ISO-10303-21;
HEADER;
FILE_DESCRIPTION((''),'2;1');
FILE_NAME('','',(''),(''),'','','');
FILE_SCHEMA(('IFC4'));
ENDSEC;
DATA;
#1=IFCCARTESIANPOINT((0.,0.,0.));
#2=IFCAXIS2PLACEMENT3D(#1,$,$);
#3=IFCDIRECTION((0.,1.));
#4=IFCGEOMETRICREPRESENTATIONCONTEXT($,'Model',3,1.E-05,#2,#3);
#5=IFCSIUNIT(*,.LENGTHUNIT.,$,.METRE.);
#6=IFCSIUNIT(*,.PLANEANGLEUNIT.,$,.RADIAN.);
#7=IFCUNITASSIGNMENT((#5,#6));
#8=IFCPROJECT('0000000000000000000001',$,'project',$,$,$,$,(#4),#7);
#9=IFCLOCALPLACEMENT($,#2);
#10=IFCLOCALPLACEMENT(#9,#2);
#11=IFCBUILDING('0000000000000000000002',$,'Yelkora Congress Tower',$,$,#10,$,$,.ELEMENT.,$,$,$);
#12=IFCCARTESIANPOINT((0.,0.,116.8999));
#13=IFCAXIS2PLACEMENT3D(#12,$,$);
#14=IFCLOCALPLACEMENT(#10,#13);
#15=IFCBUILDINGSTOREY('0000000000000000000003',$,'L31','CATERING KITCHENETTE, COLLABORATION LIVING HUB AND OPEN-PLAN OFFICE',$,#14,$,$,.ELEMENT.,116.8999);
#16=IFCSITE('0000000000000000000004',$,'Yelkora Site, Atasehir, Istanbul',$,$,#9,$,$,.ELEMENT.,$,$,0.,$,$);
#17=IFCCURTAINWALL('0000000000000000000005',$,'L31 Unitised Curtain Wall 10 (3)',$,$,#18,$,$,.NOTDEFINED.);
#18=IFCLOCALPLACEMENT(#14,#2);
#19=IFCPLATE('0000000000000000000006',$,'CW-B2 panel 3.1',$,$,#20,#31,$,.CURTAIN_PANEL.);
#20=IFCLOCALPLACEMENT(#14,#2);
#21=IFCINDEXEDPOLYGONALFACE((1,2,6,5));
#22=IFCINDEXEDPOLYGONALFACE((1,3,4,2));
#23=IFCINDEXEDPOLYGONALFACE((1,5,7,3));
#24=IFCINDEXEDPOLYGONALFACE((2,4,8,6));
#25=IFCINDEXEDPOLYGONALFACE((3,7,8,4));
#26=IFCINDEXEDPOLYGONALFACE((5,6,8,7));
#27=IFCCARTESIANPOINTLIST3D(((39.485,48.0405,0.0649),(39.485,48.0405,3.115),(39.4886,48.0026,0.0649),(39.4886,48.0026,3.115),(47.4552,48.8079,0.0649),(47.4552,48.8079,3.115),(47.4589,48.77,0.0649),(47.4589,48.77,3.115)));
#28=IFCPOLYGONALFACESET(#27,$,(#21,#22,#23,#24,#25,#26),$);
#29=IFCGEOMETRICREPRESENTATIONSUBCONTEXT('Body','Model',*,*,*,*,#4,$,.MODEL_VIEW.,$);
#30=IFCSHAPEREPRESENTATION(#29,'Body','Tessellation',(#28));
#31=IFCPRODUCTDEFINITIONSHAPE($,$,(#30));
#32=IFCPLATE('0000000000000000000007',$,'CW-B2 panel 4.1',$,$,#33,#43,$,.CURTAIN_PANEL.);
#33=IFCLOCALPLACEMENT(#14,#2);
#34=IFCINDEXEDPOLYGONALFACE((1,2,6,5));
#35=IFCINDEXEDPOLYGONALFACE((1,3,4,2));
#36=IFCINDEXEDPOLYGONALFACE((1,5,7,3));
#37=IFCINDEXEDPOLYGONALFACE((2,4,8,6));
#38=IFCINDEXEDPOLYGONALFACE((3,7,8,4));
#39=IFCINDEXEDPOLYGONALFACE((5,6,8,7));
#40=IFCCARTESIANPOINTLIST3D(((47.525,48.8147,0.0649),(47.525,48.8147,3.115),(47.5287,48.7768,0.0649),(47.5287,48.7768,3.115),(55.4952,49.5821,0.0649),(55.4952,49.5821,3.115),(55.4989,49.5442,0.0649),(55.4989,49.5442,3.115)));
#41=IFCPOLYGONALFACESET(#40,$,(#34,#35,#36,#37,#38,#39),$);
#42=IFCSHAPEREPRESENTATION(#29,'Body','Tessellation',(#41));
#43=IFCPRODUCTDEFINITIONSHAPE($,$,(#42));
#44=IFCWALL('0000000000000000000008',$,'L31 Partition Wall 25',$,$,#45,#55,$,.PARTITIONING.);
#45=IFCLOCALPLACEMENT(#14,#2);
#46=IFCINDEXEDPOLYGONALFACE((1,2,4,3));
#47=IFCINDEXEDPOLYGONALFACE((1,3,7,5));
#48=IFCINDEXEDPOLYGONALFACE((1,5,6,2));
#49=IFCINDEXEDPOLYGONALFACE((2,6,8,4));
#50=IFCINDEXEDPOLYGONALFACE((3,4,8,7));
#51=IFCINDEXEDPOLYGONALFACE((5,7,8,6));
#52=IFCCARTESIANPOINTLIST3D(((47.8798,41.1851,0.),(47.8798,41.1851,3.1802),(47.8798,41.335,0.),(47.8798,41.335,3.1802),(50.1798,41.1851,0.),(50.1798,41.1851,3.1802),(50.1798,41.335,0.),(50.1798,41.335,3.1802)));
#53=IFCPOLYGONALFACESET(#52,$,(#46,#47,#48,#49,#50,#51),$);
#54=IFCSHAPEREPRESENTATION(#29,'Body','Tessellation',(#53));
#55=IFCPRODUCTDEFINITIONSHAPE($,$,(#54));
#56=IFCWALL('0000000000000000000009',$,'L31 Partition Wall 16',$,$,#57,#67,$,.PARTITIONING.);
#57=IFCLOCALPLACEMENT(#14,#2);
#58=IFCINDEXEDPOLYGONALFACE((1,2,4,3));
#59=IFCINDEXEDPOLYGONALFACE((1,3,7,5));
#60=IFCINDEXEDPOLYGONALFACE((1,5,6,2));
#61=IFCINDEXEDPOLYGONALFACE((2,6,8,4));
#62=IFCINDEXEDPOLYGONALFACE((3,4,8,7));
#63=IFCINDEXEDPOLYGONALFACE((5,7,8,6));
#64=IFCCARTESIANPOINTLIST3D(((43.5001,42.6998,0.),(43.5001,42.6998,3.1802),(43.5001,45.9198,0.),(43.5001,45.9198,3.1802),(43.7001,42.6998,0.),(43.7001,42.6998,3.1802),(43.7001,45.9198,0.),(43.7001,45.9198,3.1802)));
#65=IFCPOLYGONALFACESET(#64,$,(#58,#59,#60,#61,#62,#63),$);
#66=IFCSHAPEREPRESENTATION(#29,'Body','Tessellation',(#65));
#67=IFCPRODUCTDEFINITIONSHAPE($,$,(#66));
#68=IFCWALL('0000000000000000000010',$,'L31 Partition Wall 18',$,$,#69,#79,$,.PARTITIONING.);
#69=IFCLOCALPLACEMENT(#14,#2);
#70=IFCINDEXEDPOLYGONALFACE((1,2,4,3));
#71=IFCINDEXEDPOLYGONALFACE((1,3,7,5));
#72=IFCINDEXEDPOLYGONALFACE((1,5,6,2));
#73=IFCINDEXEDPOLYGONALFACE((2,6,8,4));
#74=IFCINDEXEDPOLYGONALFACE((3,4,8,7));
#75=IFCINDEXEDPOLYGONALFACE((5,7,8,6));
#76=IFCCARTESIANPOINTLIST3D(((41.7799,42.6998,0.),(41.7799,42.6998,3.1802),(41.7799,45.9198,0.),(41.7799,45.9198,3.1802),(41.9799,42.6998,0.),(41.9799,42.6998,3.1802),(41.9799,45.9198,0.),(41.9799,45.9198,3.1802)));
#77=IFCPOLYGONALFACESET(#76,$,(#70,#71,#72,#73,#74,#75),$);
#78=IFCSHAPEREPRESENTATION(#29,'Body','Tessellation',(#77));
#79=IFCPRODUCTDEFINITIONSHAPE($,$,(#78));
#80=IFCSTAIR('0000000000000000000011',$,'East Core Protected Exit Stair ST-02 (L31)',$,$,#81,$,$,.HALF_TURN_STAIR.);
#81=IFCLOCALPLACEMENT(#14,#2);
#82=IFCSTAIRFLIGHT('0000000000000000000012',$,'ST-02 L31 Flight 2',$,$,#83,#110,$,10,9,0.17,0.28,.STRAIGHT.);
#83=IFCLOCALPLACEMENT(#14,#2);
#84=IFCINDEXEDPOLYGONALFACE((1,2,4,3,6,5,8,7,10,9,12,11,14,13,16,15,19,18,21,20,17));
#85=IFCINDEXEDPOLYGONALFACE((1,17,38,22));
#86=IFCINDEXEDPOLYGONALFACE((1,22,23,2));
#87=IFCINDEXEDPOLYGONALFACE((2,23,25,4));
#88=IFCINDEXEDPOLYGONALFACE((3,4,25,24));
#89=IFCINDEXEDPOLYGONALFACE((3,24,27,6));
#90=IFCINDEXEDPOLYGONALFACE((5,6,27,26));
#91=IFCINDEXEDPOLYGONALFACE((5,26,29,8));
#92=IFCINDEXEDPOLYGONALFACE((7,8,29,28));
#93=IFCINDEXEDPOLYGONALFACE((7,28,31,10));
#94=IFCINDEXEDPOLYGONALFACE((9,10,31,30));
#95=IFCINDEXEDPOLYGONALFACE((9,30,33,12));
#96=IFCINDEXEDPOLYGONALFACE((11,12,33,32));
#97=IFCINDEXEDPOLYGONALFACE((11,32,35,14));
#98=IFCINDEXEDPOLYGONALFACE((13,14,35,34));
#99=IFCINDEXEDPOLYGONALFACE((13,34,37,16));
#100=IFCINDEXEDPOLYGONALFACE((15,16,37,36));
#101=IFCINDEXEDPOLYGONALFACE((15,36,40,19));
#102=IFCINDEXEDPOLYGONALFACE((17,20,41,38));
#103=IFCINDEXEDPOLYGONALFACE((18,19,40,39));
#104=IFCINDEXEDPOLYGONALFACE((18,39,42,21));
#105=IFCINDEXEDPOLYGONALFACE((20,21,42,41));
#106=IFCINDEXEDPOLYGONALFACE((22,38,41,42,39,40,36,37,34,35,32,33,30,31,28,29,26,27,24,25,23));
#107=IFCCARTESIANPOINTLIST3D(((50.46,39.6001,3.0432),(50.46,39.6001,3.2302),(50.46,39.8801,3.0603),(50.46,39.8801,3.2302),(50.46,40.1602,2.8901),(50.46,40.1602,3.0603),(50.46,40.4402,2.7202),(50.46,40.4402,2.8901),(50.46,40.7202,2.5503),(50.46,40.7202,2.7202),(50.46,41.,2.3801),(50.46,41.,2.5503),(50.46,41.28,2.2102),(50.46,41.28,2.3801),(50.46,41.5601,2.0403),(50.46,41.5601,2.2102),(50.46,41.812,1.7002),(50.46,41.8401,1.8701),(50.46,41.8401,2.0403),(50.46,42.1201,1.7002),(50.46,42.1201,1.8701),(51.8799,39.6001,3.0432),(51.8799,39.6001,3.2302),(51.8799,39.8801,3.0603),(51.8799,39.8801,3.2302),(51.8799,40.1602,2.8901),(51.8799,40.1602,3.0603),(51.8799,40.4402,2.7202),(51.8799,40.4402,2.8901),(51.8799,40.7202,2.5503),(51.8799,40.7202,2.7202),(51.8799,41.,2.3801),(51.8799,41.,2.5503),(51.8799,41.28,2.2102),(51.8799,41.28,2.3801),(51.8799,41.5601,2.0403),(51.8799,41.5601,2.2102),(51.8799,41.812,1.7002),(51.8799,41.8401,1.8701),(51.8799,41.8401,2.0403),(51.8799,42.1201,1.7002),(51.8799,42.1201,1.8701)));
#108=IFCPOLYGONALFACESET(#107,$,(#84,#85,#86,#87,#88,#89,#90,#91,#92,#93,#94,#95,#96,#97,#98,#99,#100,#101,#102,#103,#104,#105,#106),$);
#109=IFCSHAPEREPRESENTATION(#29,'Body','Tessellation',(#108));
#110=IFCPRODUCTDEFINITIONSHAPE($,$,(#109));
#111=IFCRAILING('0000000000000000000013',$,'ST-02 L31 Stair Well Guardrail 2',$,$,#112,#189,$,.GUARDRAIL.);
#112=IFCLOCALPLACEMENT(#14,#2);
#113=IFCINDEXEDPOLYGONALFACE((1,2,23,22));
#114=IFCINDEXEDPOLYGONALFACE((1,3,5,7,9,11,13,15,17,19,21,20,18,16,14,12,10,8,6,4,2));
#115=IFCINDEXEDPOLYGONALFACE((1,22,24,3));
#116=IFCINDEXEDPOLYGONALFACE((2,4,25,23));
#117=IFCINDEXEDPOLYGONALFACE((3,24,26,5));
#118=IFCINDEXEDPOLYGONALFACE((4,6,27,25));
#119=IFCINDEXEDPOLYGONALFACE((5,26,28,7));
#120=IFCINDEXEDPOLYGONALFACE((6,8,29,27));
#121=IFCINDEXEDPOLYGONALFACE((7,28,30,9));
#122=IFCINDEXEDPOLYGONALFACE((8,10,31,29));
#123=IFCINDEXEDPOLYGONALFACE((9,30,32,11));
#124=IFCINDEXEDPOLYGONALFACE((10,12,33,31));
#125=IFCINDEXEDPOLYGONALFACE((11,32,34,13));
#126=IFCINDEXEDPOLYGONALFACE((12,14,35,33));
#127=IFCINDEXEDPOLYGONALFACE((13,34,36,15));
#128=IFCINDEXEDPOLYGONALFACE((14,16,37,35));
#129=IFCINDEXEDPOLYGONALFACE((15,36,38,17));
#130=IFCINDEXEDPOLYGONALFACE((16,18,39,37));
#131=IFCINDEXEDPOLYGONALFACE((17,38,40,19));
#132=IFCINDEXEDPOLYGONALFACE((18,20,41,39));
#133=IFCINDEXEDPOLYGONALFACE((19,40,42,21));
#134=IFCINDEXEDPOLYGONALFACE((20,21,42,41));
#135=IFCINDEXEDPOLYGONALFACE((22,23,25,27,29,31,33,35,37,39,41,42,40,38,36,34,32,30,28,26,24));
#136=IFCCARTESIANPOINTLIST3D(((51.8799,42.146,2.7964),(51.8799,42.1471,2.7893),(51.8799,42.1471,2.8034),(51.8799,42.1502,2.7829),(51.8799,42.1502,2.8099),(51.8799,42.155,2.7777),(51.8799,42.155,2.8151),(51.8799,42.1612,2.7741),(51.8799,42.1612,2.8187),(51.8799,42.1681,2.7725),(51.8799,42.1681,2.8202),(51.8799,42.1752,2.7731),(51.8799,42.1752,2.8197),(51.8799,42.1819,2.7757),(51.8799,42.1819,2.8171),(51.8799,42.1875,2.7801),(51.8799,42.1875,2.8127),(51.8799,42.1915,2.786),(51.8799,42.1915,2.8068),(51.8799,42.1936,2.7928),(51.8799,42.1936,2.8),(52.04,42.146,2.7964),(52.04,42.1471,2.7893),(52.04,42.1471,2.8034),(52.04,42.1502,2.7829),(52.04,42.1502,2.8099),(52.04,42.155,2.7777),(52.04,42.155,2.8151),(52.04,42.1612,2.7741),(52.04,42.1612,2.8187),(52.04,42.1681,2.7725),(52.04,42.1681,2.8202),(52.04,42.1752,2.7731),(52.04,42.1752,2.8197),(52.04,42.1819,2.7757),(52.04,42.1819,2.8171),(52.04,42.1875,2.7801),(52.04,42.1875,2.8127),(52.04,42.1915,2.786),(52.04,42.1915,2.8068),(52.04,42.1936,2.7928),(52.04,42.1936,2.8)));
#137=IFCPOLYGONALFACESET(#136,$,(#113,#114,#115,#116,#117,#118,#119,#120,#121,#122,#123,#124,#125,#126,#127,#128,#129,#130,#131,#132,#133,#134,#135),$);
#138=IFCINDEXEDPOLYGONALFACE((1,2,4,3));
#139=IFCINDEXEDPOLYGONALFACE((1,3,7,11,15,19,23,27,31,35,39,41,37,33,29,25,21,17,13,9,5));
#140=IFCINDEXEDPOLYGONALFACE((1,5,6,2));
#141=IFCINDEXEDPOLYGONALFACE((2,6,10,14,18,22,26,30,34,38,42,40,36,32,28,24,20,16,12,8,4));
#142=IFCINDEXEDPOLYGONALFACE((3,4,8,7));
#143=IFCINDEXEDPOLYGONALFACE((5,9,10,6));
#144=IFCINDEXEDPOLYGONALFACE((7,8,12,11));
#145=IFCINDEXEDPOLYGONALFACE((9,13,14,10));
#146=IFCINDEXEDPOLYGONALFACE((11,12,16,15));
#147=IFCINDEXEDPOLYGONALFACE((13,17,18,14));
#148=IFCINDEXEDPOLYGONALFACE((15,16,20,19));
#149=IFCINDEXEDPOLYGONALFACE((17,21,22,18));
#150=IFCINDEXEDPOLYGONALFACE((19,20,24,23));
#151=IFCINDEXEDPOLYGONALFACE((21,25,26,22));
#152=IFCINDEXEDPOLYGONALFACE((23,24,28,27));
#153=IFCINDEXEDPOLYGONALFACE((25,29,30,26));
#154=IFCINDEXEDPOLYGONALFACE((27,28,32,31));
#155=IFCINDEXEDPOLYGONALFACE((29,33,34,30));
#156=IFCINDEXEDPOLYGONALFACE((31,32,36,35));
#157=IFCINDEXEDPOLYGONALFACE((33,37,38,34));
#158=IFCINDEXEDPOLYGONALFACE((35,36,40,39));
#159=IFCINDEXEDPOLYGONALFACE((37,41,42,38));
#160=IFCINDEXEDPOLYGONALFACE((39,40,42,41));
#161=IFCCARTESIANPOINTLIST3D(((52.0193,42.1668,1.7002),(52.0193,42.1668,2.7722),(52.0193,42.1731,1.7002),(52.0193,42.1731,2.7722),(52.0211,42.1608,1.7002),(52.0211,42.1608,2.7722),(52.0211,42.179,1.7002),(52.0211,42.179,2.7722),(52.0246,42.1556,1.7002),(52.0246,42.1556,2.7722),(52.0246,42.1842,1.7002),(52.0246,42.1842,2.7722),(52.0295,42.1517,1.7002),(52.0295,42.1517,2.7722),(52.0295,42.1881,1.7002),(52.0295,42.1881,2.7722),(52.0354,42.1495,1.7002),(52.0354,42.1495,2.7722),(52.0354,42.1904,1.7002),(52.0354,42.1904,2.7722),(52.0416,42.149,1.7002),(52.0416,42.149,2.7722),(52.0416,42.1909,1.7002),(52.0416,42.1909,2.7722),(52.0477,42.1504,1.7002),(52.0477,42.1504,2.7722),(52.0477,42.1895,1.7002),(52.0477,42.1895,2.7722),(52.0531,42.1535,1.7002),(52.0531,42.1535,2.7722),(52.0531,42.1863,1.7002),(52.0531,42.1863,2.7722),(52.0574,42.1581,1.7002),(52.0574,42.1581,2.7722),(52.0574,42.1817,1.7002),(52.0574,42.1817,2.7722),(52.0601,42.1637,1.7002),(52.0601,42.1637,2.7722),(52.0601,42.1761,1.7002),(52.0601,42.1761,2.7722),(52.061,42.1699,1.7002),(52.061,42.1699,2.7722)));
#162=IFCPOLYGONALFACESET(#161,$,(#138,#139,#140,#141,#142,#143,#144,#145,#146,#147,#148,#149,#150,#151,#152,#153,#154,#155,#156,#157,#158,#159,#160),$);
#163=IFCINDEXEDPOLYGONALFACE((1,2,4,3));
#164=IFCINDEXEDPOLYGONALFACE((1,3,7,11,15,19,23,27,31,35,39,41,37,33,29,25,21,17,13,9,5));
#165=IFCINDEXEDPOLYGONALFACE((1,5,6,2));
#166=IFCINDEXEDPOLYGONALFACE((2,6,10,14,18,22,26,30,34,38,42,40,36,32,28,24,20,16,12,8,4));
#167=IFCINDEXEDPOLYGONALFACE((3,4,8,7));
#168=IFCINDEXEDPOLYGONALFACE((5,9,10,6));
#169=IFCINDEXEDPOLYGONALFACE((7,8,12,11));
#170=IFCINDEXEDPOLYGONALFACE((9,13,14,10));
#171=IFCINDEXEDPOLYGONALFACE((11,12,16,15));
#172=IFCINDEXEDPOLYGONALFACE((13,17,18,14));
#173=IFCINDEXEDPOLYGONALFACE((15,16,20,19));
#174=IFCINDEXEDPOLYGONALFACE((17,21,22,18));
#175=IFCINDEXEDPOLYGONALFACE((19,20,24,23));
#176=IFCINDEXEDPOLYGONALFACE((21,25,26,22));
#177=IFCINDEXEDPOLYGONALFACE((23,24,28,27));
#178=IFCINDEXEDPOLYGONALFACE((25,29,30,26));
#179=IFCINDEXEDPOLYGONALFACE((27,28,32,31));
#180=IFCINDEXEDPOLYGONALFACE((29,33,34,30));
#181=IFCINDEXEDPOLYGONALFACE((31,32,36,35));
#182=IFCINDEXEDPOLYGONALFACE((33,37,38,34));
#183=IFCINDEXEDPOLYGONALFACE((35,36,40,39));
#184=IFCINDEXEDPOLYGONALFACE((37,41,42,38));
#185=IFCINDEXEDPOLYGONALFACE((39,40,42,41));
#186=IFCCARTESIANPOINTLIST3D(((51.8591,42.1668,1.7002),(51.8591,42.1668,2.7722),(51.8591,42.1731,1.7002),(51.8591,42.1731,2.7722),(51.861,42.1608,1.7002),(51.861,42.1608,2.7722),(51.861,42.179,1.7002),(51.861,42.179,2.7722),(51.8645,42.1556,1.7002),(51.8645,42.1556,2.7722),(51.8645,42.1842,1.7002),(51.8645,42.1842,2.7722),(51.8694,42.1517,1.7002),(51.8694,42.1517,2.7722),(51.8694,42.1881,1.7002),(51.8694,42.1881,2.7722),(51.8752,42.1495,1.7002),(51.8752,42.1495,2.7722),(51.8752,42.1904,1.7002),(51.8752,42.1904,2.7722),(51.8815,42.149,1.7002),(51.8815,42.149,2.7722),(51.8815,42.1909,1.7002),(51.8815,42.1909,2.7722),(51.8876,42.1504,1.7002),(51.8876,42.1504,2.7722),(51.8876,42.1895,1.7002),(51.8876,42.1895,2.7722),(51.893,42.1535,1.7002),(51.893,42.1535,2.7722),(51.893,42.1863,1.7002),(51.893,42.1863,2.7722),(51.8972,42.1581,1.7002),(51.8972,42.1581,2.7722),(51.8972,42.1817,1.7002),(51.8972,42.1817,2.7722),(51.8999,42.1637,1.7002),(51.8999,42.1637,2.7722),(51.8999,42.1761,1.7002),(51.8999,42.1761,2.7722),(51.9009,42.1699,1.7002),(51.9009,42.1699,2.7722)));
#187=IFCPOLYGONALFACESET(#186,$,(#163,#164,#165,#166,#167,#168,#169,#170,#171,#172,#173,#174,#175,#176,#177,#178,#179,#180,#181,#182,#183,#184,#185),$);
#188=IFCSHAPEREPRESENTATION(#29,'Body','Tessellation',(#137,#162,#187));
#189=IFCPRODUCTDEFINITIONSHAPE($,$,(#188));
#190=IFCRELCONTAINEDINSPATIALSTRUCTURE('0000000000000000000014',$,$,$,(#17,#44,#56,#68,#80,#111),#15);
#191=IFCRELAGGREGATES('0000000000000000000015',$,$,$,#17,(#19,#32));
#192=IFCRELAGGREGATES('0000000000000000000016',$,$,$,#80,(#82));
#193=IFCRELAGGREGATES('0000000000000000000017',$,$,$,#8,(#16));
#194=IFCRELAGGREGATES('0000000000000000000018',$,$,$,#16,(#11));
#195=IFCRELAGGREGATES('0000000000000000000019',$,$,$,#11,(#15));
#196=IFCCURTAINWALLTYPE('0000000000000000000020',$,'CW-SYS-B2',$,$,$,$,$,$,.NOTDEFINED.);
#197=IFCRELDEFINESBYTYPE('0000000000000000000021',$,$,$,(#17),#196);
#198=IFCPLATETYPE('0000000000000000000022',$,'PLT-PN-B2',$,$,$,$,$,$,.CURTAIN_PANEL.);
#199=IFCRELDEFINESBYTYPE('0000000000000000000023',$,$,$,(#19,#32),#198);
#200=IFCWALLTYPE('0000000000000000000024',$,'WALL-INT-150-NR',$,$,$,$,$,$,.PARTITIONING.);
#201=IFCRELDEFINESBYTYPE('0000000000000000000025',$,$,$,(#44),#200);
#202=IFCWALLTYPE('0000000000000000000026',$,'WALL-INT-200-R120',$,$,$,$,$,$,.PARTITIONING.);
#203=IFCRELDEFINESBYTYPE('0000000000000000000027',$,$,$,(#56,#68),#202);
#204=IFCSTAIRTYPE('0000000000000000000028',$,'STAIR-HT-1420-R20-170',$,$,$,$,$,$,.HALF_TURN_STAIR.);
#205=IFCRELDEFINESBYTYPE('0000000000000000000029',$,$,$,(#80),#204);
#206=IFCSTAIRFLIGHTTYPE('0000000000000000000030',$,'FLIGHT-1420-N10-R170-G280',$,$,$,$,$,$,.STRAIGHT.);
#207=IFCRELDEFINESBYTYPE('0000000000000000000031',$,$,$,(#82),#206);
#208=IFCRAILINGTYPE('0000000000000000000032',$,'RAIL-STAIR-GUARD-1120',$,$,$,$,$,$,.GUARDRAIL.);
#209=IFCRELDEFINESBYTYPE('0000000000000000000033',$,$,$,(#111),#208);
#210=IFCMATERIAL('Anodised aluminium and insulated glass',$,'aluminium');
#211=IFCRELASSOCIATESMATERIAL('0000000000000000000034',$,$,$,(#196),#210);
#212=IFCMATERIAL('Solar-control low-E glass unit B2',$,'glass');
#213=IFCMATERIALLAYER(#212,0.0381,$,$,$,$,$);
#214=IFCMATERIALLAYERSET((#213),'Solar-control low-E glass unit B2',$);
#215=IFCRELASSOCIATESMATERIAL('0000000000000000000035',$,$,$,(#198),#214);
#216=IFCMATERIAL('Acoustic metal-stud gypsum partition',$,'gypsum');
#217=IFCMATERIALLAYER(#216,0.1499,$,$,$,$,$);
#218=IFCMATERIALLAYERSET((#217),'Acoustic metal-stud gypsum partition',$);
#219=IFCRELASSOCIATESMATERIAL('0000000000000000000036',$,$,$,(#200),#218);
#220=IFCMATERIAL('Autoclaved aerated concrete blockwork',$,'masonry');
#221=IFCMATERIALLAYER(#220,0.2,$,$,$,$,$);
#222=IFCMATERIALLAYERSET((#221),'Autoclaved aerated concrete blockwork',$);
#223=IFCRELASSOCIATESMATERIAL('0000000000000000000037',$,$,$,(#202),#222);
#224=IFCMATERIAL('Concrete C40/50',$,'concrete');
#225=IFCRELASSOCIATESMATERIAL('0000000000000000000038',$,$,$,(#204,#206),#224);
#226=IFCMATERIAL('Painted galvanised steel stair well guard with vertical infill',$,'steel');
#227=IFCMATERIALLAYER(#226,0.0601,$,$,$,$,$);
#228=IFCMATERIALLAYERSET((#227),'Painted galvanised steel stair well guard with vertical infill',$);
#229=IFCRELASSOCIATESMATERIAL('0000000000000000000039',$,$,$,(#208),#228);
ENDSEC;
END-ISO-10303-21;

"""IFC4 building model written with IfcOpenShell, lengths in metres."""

from ifc_helpers import new_model, si_unit, direction, frame, frame_2d, origin, origin_2d, place, context, subcontext, project, spatial, polyline, rectangle, circle, outline, extrude, material, layer, layer_set, type_object, element, aggregate, save


model = new_model("IFC4")

# Units and contexts
model_context = context("Model", 3, precision=1e-05, world=origin(), true_north=direction((0.0, 1.0)))
body_context = subcontext(model_context, "Body", "Model", "MODEL_VIEW")
ifc_project = project(units=[si_unit("LENGTHUNIT", "METRE"), si_unit("PLANEANGLEUNIT", "RADIAN")], contexts=[model_context])

# Site, building, storey
site_placement = place(None, origin())
site = spatial("IfcSite", under=ifc_project, at=site_placement, Name="Yelkora Site, Atasehir, Istanbul", CompositionType="ELEMENT", RefElevation=0.0)
building_placement = place(site_placement, origin())
building = spatial("IfcBuilding", under=site, at=building_placement, Name="Yelkora Congress Tower", CompositionType="ELEMENT")
storey_placement = place(building_placement, frame((0.0, 0.0, 116.8999)))
storey = spatial("IfcBuildingStorey", under=building, at=storey_placement, Name="L31", Description="CATERING KITCHENETTE, COLLABORATION LIVING HUB AND OPEN-PLAN OFFICE", CompositionType="ELEMENT", Elevation=116.8999)

# Curtain wall, plates
ifc_material_1 = material(Name="Anodised aluminium and insulated glass", Category="aluminium")
curtain_wall_type = type_object("IfcCurtainWallType", Name="CW-SYS-B2", PredefinedType="NOTDEFINED", material=ifc_material_1)
curtain_wall_placement = place(storey_placement, origin())
curtain_wall = element("IfcCurtainWall", 1, at=curtain_wall_placement, inside=storey, type_object=curtain_wall_type, Name="L31 Unitised Curtain Wall 10 (3)", PredefinedType="NOTDEFINED")
ifc_material_2 = material(Name="Solar-control low-E glass unit B2", Category="glass")
ifc_layer_1 = layer(ifc_material_2, 0.0381)
ifc_layer_set_1 = layer_set([ifc_layer_1], Name="Solar-control low-E glass unit B2")
plate_type = type_object("IfcPlateType", Name="PLT-PN-B2", PredefinedType="CURTAIN_PANEL", material=ifc_layer_set_1)
plate_1_placement = place(storey_placement, frame((43.4719, 48.4053, 0.0649), z_axis=(0.0, 0.0, 1.0), x_axis=(0.995396, 0.095844, 0.0)))
plate_1 = element("IfcPlate", 2, at=plate_1_placement, type_object=plate_type, Name="CW-B2 panel 3.1", PredefinedType="CURTAIN_PANEL", context=body_context, shape_type="SweptSolid", body=[
    extrude(rectangle(XDim=8.0071, YDim=0.0381, at=origin_2d()), origin(), (0.0, 0.0, 1.0), 3.05),
])
plate_2_placement = place(storey_placement, frame((51.512, 49.1794, 0.0649), z_axis=(0.0, 0.0, 1.0), x_axis=(0.995396, 0.095844, 0.0)))
plate_2 = element("IfcPlate", 3, at=plate_2_placement, type_object=plate_type, Name="CW-B2 panel 4.1", PredefinedType="CURTAIN_PANEL", context=body_context, shape_type="SweptSolid", body=[
    extrude(rectangle(XDim=8.0071, YDim=0.0381, at=origin_2d()), origin(), (0.0, 0.0, 1.0), 3.05),
])
aggregate(curtain_wall, [plate_1, plate_2])

# Shared definitions
ifc_material_3 = material(Name="Acoustic metal-stud gypsum partition", Category="gypsum")
ifc_layer_2 = layer(ifc_material_3, 0.1499)
ifc_layer_set_2 = layer_set([ifc_layer_2], Name="Acoustic metal-stud gypsum partition")
wall_type_1 = type_object("IfcWallType", Name="WALL-INT-150-NR", PredefinedType="PARTITIONING", material=ifc_layer_set_2)

# Walls
wall_1_placement = place(storey_placement, frame((47.8799, 41.26, 0.0), z_axis=(0.0, 0.0, 1.0), x_axis=(1.0, 0.0, 0.0)))
element("IfcWall", 4, at=wall_1_placement, inside=storey, type_object=wall_type_1, Name="L31 Partition Wall 25", PredefinedType="PARTITIONING", context=body_context, shape_type="SweptSolid", body=[
    extrude(rectangle(XDim=2.3, YDim=0.1499, at=frame_2d((1.1499, 0.0))), origin(), (0.0, 0.0, 1.0), 3.1802),
])
ifc_material_4 = material(Name="Autoclaved aerated concrete blockwork", Category="masonry")
ifc_layer_3 = layer(ifc_material_4, 0.2)
ifc_layer_set_3 = layer_set([ifc_layer_3], Name="Autoclaved aerated concrete blockwork")
wall_type_2 = type_object("IfcWallType", Name="WALL-INT-200-R120", PredefinedType="PARTITIONING", material=ifc_layer_set_3)
for number, where, z_axis, x_axis, name in (
    (5, (43.6001, 42.7, 0.0), (0.0, 0.0, 1.0), (0.0, 1.0, 0.0), "L31 Partition Wall 16"),
    (6, (41.8799, 42.7, 0.0), (0.0, 0.0, 1.0), (0.0, 1.0, 0.0), "L31 Partition Wall 18"),
):
    element("IfcWall", number, at=place(storey_placement, frame(where, z_axis=z_axis, x_axis=x_axis)), inside=storey, type_object=wall_type_2, Name=name, PredefinedType="PARTITIONING", context=body_context, shape_type="SweptSolid", body=[
        extrude(rectangle(XDim=3.22, YDim=0.2, at=frame_2d((1.6099, 0.0))), origin(), (0.0, 0.0, 1.0), 3.1802),
    ])

# Stair, stair flight
ifc_material_5 = material(Name="Concrete C40/50", Category="concrete")
stair_type = type_object("IfcStairType", Name="STAIR-HT-1420-R20-170", PredefinedType="HALF_TURN_STAIR", material=ifc_material_5)
stair_placement = place(storey_placement, origin())
stair = element("IfcStair", 7, at=stair_placement, inside=storey, type_object=stair_type, Name="East Core Protected Exit Stair ST-02 (L31)", PredefinedType="HALF_TURN_STAIR")
stair_flight_type = type_object("IfcStairFlightType", Name="FLIGHT-1420-N10-R170-G280", PredefinedType="STRAIGHT", material=ifc_material_5)
stair_flight_placement = place(storey_placement, frame((51.1699, 42.1201, 1.7002), z_axis=(0.0, 0.0, 1.0), x_axis=(0.0, -1.0, 0.0)))
stair_flight = element("IfcStairFlight", 8, at=stair_flight_placement, type_object=stair_flight_type, Name="ST-02 L31 Flight 2", NumberOfRisers=10, NumberOfTreads=9, PredefinedType="STRAIGHT", RiserHeight=0.17, TreadLength=0.28, context=body_context, shape_type="SweptSolid", body=[
    extrude(outline(polyline([(0.0, 0.0), (0.0, 0.1699), (0.28, 0.1699), (0.28, 0.3401), (0.5601, 0.3401), (0.5601, 0.51), (0.8401, 0.51), (0.8401, 0.6799), (1.1201, 0.6799), (1.1201, 0.8501), (1.3999, 0.8501), (1.3999, 1.02), (1.6799, 1.02), (1.6799, 1.1899), (1.96, 1.1899), (1.96, 1.3601), (2.24, 1.3601), (2.24, 1.53), (2.52, 1.53), (2.52, 1.7), (2.52, 1.343), (0.3081, 0.0), (0.0, 0.0)])), frame((0.0, 0.71, 0.0), z_axis=(0.0, -1.0, 0.0), x_axis=(1.0, 0.0, 0.0)), (0.0, 0.0, 1.0), 1.4199),
])
aggregate(stair, [stair_flight])

# Railing
ifc_material_6 = material(Name="Painted galvanised steel stair well guard with vertical infill", Category="steel")
ifc_layer_4 = layer(ifc_material_6, 0.0601)
ifc_layer_set_4 = layer_set([ifc_layer_4], Name="Painted galvanised steel stair well guard with vertical infill")
railing_type_1 = type_object("IfcRailingType", Name="RAIL-STAIR-GUARD-1120", PredefinedType="GUARDRAIL", material=ifc_layer_set_4)
railing_1_placement = place(storey_placement, frame((52.04, 42.1699, 1.7002)))
element("IfcRailing", 9, at=railing_1_placement, inside=storey, type_object=railing_type_1, Name="ST-02 L31 Stair Well Guardrail 2", PredefinedType="GUARDRAIL", context=body_context, shape_type="SweptSolid", body=[
    extrude(circle(Radius=0.0239, at=origin_2d()), frame((0.0, 0.0, 1.0962), z_axis=(-1.0, 0.0, 0.0), x_axis=(0.0, -1.0, 0.0)), (0.0, 0.0, 1.0), 0.1602),
    extrude(circle(Radius=0.021, at=origin_2d()), origin(), (0.0, 0.0, 1.0), 1.072),
    extrude(circle(Radius=0.021, at=origin_2d()), frame((-0.1602, 0.0, 0.0)), (0.0, 0.0, 1.0), 1.072),
])

save(model, "model.ifc")
